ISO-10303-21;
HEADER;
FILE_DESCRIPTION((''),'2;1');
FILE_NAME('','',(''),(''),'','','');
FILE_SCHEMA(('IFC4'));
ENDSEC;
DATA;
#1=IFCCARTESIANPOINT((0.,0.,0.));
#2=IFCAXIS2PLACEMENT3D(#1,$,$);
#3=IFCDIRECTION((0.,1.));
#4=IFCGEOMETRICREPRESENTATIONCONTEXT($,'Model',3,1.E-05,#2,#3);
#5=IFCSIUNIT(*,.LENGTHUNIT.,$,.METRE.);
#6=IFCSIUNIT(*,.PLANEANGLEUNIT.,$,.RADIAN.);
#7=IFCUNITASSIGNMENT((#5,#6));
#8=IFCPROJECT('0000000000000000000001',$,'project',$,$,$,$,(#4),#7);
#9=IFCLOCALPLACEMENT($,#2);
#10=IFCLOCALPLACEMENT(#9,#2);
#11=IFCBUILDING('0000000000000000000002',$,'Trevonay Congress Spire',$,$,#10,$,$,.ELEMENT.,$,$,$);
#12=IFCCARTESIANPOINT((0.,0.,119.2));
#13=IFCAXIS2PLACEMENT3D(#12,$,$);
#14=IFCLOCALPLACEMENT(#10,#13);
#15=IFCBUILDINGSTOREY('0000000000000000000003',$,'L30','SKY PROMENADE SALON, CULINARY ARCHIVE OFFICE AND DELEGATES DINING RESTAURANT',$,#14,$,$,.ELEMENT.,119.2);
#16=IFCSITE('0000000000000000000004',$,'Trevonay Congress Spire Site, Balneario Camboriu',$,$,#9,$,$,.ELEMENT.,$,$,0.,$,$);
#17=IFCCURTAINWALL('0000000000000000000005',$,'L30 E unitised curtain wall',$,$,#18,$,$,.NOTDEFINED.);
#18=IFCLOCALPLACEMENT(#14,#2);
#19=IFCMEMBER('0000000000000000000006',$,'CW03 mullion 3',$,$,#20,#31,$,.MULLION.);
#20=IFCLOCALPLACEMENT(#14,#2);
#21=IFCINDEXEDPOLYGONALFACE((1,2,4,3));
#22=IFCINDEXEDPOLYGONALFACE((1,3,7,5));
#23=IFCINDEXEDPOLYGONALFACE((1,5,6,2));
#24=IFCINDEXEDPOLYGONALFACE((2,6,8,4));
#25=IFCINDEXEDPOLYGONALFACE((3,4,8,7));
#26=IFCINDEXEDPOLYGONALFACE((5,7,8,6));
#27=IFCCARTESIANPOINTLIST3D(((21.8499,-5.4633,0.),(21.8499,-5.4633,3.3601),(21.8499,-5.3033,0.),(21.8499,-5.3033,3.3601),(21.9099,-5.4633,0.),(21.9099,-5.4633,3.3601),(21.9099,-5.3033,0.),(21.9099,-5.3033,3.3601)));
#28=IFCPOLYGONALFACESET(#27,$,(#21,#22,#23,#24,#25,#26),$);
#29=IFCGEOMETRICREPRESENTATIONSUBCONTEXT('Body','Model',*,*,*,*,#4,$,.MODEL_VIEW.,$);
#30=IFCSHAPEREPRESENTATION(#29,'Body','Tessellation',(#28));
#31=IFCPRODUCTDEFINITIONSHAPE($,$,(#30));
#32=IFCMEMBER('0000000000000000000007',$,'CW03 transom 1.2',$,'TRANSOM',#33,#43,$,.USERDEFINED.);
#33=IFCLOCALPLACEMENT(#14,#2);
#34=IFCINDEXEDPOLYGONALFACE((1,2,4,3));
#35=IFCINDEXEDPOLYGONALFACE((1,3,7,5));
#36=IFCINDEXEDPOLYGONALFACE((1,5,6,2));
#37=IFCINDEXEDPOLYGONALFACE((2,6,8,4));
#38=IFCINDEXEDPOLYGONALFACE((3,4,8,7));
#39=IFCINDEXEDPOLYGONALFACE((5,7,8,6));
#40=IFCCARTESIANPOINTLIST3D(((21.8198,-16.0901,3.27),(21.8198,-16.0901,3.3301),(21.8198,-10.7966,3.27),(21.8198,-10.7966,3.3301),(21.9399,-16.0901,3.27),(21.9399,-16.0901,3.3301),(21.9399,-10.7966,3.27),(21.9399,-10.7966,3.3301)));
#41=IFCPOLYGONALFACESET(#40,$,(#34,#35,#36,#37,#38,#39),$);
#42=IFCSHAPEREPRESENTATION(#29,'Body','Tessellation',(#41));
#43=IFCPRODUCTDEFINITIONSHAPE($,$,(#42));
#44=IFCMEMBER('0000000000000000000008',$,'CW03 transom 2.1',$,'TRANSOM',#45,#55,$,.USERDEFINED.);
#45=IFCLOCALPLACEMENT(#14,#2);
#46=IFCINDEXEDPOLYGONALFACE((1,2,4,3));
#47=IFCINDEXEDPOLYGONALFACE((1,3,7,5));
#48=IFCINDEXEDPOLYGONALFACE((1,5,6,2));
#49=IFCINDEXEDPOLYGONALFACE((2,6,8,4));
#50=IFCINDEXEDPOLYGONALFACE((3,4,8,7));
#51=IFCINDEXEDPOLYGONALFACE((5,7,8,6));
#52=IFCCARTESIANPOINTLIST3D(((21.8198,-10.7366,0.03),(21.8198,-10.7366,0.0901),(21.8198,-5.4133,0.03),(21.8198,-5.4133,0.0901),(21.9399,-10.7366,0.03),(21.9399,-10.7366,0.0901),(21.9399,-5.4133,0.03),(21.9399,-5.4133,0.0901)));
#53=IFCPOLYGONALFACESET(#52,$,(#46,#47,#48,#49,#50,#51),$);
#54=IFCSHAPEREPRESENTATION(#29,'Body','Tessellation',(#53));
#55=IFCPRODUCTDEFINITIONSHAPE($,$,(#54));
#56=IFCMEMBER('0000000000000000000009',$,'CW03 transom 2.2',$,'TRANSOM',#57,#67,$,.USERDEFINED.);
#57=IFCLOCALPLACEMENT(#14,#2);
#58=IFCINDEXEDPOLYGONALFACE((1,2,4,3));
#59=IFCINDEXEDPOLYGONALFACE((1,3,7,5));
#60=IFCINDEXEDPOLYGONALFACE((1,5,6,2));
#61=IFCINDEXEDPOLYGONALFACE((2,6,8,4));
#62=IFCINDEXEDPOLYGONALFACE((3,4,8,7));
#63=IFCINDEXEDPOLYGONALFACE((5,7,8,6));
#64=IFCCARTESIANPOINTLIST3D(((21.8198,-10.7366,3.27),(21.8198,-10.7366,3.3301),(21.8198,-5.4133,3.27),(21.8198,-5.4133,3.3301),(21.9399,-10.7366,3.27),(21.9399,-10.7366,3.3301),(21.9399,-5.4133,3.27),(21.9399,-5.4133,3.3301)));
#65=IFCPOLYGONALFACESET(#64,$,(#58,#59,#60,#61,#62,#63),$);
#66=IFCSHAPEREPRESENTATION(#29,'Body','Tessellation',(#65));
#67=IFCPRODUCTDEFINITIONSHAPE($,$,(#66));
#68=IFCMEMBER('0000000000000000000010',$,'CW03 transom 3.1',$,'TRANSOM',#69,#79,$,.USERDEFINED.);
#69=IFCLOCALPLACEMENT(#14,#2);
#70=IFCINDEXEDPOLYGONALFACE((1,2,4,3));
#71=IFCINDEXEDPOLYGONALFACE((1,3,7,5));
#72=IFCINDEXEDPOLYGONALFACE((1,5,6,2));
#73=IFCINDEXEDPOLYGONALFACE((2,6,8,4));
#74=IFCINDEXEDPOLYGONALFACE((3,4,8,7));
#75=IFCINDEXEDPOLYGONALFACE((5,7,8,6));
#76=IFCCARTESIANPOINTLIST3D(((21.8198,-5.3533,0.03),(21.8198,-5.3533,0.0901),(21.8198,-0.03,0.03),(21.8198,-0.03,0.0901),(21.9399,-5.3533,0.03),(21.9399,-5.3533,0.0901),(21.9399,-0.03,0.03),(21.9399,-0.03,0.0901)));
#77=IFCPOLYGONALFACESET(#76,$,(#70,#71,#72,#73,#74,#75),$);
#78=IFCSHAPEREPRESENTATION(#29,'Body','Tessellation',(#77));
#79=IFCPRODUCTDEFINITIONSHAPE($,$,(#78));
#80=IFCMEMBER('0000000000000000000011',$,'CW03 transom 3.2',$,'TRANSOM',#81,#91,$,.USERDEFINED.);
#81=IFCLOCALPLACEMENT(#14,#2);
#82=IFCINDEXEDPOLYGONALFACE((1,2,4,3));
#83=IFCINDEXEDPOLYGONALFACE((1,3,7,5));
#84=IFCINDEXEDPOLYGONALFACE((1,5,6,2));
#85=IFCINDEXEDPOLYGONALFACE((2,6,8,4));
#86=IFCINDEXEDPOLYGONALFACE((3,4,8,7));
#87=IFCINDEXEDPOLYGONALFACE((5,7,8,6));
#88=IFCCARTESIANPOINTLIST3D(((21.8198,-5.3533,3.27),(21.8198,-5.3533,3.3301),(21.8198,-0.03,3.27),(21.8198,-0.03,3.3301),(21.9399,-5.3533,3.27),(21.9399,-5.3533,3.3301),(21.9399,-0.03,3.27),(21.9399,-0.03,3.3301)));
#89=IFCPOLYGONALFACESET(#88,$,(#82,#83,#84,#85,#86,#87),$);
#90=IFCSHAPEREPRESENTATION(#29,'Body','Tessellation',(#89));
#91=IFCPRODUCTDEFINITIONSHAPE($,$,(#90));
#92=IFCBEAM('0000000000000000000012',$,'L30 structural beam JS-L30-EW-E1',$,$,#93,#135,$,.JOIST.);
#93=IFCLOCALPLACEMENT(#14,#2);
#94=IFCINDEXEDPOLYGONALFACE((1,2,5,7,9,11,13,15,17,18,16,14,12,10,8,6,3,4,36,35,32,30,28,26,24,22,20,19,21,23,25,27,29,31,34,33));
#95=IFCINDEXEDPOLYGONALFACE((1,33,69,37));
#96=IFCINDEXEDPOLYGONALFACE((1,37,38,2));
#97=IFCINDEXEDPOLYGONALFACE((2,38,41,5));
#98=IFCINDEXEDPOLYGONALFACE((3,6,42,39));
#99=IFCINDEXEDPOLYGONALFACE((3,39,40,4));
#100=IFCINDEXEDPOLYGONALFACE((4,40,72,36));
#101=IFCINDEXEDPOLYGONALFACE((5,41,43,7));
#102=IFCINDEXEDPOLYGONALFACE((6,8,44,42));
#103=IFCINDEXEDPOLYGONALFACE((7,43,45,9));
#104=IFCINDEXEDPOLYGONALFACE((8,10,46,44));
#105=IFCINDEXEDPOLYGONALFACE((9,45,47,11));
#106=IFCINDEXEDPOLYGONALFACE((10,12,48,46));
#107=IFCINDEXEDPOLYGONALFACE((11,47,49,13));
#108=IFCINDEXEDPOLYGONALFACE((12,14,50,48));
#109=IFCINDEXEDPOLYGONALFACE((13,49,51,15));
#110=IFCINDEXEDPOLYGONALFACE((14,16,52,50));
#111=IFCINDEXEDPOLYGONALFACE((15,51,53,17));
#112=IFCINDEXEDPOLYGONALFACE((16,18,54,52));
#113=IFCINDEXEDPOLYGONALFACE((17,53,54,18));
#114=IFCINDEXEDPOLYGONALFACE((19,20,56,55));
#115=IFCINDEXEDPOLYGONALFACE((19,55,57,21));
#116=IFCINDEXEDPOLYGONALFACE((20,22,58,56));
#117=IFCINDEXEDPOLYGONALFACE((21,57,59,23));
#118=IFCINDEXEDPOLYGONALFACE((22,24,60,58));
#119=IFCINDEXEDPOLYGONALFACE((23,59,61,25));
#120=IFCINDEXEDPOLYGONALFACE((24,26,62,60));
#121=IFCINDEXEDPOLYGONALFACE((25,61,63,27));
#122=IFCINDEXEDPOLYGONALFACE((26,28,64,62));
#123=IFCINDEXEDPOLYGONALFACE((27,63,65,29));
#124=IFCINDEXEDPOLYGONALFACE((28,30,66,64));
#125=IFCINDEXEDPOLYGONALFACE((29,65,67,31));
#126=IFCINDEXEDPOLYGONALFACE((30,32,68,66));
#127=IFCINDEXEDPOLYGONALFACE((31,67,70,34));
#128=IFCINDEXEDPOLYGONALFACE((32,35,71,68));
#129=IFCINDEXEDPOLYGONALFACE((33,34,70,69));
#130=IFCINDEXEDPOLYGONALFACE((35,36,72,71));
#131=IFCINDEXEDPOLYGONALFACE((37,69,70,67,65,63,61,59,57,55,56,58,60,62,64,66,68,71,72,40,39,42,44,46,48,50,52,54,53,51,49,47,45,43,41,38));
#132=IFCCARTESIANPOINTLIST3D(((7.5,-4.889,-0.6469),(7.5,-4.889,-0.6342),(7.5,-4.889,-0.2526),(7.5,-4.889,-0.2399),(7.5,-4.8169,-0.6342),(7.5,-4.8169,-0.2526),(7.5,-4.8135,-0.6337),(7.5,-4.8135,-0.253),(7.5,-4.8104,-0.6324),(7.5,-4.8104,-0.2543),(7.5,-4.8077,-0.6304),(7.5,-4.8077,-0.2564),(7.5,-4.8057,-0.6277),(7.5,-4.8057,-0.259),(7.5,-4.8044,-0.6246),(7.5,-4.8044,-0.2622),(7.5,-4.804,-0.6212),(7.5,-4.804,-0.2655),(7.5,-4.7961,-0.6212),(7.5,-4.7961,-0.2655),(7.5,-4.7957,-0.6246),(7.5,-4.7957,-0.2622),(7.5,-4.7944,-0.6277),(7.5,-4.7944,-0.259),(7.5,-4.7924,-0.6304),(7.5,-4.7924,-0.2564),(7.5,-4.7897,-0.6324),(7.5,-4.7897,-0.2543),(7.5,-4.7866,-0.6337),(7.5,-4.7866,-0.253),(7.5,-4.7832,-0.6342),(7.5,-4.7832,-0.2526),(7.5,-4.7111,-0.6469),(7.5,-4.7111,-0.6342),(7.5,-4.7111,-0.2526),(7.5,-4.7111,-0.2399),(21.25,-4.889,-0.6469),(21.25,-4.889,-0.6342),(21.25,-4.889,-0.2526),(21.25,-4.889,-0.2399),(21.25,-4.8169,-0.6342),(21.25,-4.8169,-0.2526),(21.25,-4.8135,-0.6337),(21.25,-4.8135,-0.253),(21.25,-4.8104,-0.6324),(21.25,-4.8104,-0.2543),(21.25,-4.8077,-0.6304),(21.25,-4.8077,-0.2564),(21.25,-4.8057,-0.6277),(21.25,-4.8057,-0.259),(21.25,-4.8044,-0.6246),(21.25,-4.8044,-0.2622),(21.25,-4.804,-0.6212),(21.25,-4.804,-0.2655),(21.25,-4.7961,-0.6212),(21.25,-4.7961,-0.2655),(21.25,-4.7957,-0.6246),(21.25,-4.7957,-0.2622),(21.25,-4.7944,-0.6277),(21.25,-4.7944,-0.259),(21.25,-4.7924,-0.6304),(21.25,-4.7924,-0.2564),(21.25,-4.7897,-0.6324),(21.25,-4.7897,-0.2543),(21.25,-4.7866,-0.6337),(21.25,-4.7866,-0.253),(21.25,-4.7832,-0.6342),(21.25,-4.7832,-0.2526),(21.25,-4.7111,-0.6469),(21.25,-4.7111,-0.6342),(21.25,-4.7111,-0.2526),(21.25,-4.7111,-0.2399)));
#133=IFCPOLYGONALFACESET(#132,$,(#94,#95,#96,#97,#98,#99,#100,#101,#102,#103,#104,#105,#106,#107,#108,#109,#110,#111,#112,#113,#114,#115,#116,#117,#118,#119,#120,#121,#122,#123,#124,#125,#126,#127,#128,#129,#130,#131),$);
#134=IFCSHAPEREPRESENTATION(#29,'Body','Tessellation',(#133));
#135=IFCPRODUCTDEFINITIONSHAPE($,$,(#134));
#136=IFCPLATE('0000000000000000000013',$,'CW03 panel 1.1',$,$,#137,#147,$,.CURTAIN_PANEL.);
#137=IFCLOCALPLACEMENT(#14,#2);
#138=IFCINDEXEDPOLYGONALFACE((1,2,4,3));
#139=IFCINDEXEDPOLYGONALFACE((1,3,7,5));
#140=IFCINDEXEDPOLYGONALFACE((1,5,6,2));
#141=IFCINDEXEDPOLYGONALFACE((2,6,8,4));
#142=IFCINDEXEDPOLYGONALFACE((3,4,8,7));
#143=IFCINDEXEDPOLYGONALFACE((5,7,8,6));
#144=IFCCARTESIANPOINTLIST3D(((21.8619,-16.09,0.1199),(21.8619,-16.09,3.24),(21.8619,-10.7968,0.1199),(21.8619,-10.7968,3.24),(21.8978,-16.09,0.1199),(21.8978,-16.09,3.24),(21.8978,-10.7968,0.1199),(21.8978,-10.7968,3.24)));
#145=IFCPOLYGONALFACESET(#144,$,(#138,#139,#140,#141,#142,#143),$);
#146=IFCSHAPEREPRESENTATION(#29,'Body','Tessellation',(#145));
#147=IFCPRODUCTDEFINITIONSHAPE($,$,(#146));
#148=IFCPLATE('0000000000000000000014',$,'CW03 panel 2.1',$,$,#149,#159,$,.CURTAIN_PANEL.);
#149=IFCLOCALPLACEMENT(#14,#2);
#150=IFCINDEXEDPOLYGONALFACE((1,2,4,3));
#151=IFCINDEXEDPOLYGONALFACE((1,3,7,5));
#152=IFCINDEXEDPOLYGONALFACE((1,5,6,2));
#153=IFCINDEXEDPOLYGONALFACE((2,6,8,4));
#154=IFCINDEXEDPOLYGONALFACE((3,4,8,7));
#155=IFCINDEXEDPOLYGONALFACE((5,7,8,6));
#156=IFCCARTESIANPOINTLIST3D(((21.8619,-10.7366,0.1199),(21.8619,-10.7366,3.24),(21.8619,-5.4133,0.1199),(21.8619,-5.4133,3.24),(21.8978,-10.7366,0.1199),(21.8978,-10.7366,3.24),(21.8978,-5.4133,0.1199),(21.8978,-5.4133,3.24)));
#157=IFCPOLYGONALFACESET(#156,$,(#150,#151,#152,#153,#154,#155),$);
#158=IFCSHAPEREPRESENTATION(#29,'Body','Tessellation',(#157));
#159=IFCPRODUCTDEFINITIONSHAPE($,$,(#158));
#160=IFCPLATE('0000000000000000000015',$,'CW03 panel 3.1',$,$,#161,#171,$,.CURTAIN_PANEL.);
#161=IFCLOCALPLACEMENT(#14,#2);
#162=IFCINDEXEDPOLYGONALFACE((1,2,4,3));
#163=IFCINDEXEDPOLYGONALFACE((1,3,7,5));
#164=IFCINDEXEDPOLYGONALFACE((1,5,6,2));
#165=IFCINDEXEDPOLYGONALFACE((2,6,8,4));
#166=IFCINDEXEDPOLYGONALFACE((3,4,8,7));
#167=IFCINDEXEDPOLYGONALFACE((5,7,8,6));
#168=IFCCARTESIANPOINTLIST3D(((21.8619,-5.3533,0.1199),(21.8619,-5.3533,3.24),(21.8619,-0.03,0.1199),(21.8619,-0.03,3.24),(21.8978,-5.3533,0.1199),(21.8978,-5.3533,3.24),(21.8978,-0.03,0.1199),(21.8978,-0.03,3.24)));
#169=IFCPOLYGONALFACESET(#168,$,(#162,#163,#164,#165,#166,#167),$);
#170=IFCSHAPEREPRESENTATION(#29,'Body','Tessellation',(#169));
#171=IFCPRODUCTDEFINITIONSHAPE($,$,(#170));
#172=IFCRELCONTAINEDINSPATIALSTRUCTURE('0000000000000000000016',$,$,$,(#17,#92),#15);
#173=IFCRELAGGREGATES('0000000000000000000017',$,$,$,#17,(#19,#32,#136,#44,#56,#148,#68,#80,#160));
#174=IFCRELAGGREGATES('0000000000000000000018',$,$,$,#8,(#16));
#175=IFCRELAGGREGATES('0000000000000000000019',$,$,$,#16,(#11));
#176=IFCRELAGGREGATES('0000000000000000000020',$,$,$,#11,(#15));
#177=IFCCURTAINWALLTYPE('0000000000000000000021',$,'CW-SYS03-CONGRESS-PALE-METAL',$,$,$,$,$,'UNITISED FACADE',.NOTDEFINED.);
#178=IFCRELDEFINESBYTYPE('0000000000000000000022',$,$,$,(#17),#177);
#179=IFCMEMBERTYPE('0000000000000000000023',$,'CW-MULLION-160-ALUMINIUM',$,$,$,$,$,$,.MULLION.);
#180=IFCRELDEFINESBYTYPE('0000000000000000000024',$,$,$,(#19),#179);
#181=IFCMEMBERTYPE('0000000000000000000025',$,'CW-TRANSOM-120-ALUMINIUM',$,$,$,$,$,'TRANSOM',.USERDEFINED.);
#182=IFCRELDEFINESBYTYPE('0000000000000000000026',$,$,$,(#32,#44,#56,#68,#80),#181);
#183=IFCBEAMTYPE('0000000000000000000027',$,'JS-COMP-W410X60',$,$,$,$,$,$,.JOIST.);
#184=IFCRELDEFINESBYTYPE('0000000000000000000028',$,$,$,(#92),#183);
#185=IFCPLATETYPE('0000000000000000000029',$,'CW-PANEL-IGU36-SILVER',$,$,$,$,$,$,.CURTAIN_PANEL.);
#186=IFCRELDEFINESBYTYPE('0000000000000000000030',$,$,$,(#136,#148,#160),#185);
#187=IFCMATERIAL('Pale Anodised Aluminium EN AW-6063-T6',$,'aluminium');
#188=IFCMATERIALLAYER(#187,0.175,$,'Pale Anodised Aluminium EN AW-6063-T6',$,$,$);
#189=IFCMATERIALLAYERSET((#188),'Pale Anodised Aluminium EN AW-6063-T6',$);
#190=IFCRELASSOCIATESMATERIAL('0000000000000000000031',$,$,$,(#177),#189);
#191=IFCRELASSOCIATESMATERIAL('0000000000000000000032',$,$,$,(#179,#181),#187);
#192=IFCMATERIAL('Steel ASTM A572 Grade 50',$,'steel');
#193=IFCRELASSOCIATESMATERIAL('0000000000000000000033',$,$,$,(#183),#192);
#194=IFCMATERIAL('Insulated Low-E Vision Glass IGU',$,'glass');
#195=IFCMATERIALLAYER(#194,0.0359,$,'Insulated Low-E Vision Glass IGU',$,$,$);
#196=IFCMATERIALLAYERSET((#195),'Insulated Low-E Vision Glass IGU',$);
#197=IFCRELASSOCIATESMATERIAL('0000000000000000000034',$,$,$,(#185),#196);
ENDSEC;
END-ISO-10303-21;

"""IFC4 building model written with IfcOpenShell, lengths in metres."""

from ifc_helpers import new_model, si_unit, direction, frame, origin, origin_2d, place, context, subcontext, project, spatial, rectangle, i_section, extrude, material, layer, layer_set, material_profile, profile_set, type_object, element, aggregate, save


model = new_model("IFC4")

# Units and contexts
model_context = context("Model", 3, precision=1e-05, world=origin(), true_north=direction((0.0, 1.0)))
body_context = subcontext(model_context, "Body", "Model", "MODEL_VIEW")
ifc_project = project(units=[si_unit("LENGTHUNIT", "METRE"), si_unit("PLANEANGLEUNIT", "RADIAN")], contexts=[model_context])

# Site, building, storey
site_placement = place(None, origin())
site = spatial("IfcSite", under=ifc_project, at=site_placement, Name="Trevonay Congress Spire Site, Balneario Camboriu", CompositionType="ELEMENT", RefElevation=0.0)
building_placement = place(site_placement, origin())
building = spatial("IfcBuilding", under=site, at=building_placement, Name="Trevonay Congress Spire", CompositionType="ELEMENT")
storey_placement = place(building_placement, frame((0.0, 0.0, 119.2)))
storey = spatial("IfcBuildingStorey", under=building, at=storey_placement, Name="L30", Description="SKY PROMENADE SALON, CULINARY ARCHIVE OFFICE AND DELEGATES DINING RESTAURANT", CompositionType="ELEMENT", Elevation=119.2)

# Shared definitions
ifc_material_1 = material(Name="Steel ASTM A572 Grade 50", Category="steel")

# Curtain wall, members
ifc_material_2 = material(Name="Pale Anodised Aluminium EN AW-6063-T6", Category="aluminium")
ifc_layer_1 = layer(ifc_material_2, 0.175, Name="Pale Anodised Aluminium EN AW-6063-T6")
ifc_layer_set_1 = layer_set([ifc_layer_1], Name="Pale Anodised Aluminium EN AW-6063-T6")
curtain_wall_type = type_object("IfcCurtainWallType", Name="CW-SYS03-CONGRESS-PALE-METAL", ElementType="UNITISED FACADE", PredefinedType="NOTDEFINED", material=ifc_layer_set_1)
curtain_wall_placement = place(storey_placement, origin())
curtain_wall = element("IfcCurtainWall", 1, at=curtain_wall_placement, inside=storey, type_object=curtain_wall_type, Name="L30 E unitised curtain wall", PredefinedType="NOTDEFINED")
ifc_material_profile_1 = material_profile(ifc_material_2, rectangle(XDim=0.0601, YDim=0.1599, at=origin_2d()), Name="CW-MULLION-160-ALUMINIUM")
ifc_profile_set_1 = profile_set([ifc_material_profile_1], Name="Pale Anodised Aluminium EN AW-6063-T6")
member_type_1 = type_object("IfcMemberType", Name="CW-MULLION-160-ALUMINIUM", PredefinedType="MULLION", material=ifc_profile_set_1)
member_1_placement = place(storey_placement, frame((21.8799, -5.3833, 0.0), z_axis=(0.0, 0.0, 1.0), x_axis=(-1.0, 0.0, 0.0)))
member_1 = element("IfcMember", 2, at=member_1_placement, type_object=member_type_1, Name="CW03 mullion 3", PredefinedType="MULLION", context=body_context, shape_type="SweptSolid", body=[
    extrude(rectangle(XDim=0.0601, YDim=0.1599, at=origin_2d()), origin(), (0.0, 0.0, 1.0), 3.3601),
])
ifc_material_profile_2 = material_profile(ifc_material_2, rectangle(XDim=0.1201, YDim=0.0601, at=origin_2d()), Name="CW-TRANSOM-120-ALUMINIUM")
ifc_profile_set_2 = profile_set([ifc_material_profile_2], Name="Pale Anodised Aluminium EN AW-6063-T6")
member_type_2 = type_object("IfcMemberType", Name="CW-TRANSOM-120-ALUMINIUM", ElementType="TRANSOM", PredefinedType="USERDEFINED", material=ifc_profile_set_2)
member_2_placement = place(storey_placement, frame((21.8799, -16.0901, 3.3), z_axis=(0.0, 1.0, 0.0), x_axis=(-1.0, 0.0, 0.0)))
member_2 = element("IfcMember", 3, at=member_2_placement, type_object=member_type_2, Name="CW03 transom 1.2", ObjectType="TRANSOM", PredefinedType="USERDEFINED", context=body_context, shape_type="SweptSolid", body=[
    extrude(rectangle(XDim=0.1201, YDim=0.0601, at=origin_2d()), origin(), (0.0, 0.0, 1.0), 5.2935),
])
member_3_placement = place(storey_placement, frame((21.8799, -10.7366, 0.0601), z_axis=(0.0, 1.0, 0.0), x_axis=(-1.0, 0.0, 0.0)))
member_3 = element("IfcMember", 4, at=member_3_placement, type_object=member_type_2, Name="CW03 transom 2.1", ObjectType="TRANSOM", PredefinedType="USERDEFINED", context=body_context, shape_type="SweptSolid", body=[
    extrude(rectangle(XDim=0.1201, YDim=0.0601, at=origin_2d()), origin(), (0.0, 0.0, 1.0), 5.3232),
])
member_4_placement = place(storey_placement, frame((21.8799, -10.7366, 3.3), z_axis=(0.0, 1.0, 0.0), x_axis=(-1.0, 0.0, 0.0)))
member_4 = element("IfcMember", 5, at=member_4_placement, type_object=member_type_2, Name="CW03 transom 2.2", ObjectType="TRANSOM", PredefinedType="USERDEFINED", context=body_context, shape_type="SweptSolid", body=[
    extrude(rectangle(XDim=0.1201, YDim=0.0601, at=origin_2d()), origin(), (0.0, 0.0, 1.0), 5.3232),
])
member_5_placement = place(storey_placement, frame((21.8799, -5.3533, 0.0601), z_axis=(0.0, 1.0, 0.0), x_axis=(-1.0, 0.0, 0.0)))
member_5 = element("IfcMember", 6, at=member_5_placement, type_object=member_type_2, Name="CW03 transom 3.1", ObjectType="TRANSOM", PredefinedType="USERDEFINED", context=body_context, shape_type="SweptSolid", body=[
    extrude(rectangle(XDim=0.1201, YDim=0.0601, at=origin_2d()), origin(), (0.0, 0.0, 1.0), 5.3232),
])
member_6_placement = place(storey_placement, frame((21.8799, -5.3533, 3.3), z_axis=(0.0, 1.0, 0.0), x_axis=(-1.0, 0.0, 0.0)))
member_6 = element("IfcMember", 7, at=member_6_placement, type_object=member_type_2, Name="CW03 transom 3.2", ObjectType="TRANSOM", PredefinedType="USERDEFINED", context=body_context, shape_type="SweptSolid", body=[
    extrude(rectangle(XDim=0.1201, YDim=0.0601, at=origin_2d()), origin(), (0.0, 0.0, 1.0), 5.3232),
])

# Beam
ifc_material_profile_3 = material_profile(ifc_material_1, i_section(OverallWidth=0.178, OverallDepth=0.407, WebThickness=0.0078, FlangeThickness=0.0127, FilletRadius=0.0129, at=origin_2d()), Name="W410x60")
ifc_profile_set_3 = profile_set([ifc_material_profile_3], Name="Steel ASTM A572 Grade 50")
beam_type_1 = type_object("IfcBeamType", Name="JS-COMP-W410X60", PredefinedType="JOIST", material=ifc_profile_set_3)
beam_1_placement = place(storey_placement, frame((7.5, -4.8, -0.4434), z_axis=(1.0, 0.0, 0.0), x_axis=(0.0, 1.0, 0.0)))
element("IfcBeam", 8, at=beam_1_placement, inside=storey, type_object=beam_type_1, Name="L30 structural beam JS-L30-EW-E1", PredefinedType="JOIST", context=body_context, shape_type="SweptSolid", body=[
    extrude(i_section(OverallWidth=0.178, OverallDepth=0.407, WebThickness=0.0078, FlangeThickness=0.0127, FilletRadius=0.0129, at=origin_2d()), origin(), (0.0, 0.0, 1.0), 13.75),
])

# Plates
ifc_material_3 = material(Name="Insulated Low-E Vision Glass IGU", Category="glass")
ifc_layer_2 = layer(ifc_material_3, 0.0359, Name="Insulated Low-E Vision Glass IGU")
ifc_layer_set_2 = layer_set([ifc_layer_2], Name="Insulated Low-E Vision Glass IGU")
plate_type = type_object("IfcPlateType", Name="CW-PANEL-IGU36-SILVER", PredefinedType="CURTAIN_PANEL", material=ifc_layer_set_2)
plate_1_placement = place(storey_placement, frame((21.8799, -13.4434, 0.1199), z_axis=(0.0, 0.0, 1.0), x_axis=(0.0, 1.0, 0.0)))
plate_1 = element("IfcPlate", 9, at=plate_1_placement, type_object=plate_type, Name="CW03 panel 1.1", PredefinedType="CURTAIN_PANEL", context=body_context, shape_type="SweptSolid", body=[
    extrude(rectangle(XDim=5.2932, YDim=0.0359, at=origin_2d()), origin(), (0.0, 0.0, 1.0), 3.1201),
])
plate_2_placement = place(storey_placement, frame((21.8799, -8.075, 0.1199), z_axis=(0.0, 0.0, 1.0), x_axis=(0.0, 1.0, 0.0)))
plate_2 = element("IfcPlate", 10, at=plate_2_placement, type_object=plate_type, Name="CW03 panel 2.1", PredefinedType="CURTAIN_PANEL", context=body_context, shape_type="SweptSolid", body=[
    extrude(rectangle(XDim=5.3232, YDim=0.0359, at=origin_2d()), origin(), (0.0, 0.0, 1.0), 3.1201),
])
plate_3_placement = place(storey_placement, frame((21.8799, -2.6917, 0.1199), z_axis=(0.0, 0.0, 1.0), x_axis=(0.0, 1.0, 0.0)))
plate_3 = element("IfcPlate", 11, at=plate_3_placement, type_object=plate_type, Name="CW03 panel 3.1", PredefinedType="CURTAIN_PANEL", context=body_context, shape_type="SweptSolid", body=[
    extrude(rectangle(XDim=5.3232, YDim=0.0359, at=origin_2d()), origin(), (0.0, 0.0, 1.0), 3.1201),
])
aggregate(curtain_wall, [member_1, member_2, plate_1, member_3, member_4, plate_2, member_5, member_6, plate_3])

save(model, "model.ifc")
